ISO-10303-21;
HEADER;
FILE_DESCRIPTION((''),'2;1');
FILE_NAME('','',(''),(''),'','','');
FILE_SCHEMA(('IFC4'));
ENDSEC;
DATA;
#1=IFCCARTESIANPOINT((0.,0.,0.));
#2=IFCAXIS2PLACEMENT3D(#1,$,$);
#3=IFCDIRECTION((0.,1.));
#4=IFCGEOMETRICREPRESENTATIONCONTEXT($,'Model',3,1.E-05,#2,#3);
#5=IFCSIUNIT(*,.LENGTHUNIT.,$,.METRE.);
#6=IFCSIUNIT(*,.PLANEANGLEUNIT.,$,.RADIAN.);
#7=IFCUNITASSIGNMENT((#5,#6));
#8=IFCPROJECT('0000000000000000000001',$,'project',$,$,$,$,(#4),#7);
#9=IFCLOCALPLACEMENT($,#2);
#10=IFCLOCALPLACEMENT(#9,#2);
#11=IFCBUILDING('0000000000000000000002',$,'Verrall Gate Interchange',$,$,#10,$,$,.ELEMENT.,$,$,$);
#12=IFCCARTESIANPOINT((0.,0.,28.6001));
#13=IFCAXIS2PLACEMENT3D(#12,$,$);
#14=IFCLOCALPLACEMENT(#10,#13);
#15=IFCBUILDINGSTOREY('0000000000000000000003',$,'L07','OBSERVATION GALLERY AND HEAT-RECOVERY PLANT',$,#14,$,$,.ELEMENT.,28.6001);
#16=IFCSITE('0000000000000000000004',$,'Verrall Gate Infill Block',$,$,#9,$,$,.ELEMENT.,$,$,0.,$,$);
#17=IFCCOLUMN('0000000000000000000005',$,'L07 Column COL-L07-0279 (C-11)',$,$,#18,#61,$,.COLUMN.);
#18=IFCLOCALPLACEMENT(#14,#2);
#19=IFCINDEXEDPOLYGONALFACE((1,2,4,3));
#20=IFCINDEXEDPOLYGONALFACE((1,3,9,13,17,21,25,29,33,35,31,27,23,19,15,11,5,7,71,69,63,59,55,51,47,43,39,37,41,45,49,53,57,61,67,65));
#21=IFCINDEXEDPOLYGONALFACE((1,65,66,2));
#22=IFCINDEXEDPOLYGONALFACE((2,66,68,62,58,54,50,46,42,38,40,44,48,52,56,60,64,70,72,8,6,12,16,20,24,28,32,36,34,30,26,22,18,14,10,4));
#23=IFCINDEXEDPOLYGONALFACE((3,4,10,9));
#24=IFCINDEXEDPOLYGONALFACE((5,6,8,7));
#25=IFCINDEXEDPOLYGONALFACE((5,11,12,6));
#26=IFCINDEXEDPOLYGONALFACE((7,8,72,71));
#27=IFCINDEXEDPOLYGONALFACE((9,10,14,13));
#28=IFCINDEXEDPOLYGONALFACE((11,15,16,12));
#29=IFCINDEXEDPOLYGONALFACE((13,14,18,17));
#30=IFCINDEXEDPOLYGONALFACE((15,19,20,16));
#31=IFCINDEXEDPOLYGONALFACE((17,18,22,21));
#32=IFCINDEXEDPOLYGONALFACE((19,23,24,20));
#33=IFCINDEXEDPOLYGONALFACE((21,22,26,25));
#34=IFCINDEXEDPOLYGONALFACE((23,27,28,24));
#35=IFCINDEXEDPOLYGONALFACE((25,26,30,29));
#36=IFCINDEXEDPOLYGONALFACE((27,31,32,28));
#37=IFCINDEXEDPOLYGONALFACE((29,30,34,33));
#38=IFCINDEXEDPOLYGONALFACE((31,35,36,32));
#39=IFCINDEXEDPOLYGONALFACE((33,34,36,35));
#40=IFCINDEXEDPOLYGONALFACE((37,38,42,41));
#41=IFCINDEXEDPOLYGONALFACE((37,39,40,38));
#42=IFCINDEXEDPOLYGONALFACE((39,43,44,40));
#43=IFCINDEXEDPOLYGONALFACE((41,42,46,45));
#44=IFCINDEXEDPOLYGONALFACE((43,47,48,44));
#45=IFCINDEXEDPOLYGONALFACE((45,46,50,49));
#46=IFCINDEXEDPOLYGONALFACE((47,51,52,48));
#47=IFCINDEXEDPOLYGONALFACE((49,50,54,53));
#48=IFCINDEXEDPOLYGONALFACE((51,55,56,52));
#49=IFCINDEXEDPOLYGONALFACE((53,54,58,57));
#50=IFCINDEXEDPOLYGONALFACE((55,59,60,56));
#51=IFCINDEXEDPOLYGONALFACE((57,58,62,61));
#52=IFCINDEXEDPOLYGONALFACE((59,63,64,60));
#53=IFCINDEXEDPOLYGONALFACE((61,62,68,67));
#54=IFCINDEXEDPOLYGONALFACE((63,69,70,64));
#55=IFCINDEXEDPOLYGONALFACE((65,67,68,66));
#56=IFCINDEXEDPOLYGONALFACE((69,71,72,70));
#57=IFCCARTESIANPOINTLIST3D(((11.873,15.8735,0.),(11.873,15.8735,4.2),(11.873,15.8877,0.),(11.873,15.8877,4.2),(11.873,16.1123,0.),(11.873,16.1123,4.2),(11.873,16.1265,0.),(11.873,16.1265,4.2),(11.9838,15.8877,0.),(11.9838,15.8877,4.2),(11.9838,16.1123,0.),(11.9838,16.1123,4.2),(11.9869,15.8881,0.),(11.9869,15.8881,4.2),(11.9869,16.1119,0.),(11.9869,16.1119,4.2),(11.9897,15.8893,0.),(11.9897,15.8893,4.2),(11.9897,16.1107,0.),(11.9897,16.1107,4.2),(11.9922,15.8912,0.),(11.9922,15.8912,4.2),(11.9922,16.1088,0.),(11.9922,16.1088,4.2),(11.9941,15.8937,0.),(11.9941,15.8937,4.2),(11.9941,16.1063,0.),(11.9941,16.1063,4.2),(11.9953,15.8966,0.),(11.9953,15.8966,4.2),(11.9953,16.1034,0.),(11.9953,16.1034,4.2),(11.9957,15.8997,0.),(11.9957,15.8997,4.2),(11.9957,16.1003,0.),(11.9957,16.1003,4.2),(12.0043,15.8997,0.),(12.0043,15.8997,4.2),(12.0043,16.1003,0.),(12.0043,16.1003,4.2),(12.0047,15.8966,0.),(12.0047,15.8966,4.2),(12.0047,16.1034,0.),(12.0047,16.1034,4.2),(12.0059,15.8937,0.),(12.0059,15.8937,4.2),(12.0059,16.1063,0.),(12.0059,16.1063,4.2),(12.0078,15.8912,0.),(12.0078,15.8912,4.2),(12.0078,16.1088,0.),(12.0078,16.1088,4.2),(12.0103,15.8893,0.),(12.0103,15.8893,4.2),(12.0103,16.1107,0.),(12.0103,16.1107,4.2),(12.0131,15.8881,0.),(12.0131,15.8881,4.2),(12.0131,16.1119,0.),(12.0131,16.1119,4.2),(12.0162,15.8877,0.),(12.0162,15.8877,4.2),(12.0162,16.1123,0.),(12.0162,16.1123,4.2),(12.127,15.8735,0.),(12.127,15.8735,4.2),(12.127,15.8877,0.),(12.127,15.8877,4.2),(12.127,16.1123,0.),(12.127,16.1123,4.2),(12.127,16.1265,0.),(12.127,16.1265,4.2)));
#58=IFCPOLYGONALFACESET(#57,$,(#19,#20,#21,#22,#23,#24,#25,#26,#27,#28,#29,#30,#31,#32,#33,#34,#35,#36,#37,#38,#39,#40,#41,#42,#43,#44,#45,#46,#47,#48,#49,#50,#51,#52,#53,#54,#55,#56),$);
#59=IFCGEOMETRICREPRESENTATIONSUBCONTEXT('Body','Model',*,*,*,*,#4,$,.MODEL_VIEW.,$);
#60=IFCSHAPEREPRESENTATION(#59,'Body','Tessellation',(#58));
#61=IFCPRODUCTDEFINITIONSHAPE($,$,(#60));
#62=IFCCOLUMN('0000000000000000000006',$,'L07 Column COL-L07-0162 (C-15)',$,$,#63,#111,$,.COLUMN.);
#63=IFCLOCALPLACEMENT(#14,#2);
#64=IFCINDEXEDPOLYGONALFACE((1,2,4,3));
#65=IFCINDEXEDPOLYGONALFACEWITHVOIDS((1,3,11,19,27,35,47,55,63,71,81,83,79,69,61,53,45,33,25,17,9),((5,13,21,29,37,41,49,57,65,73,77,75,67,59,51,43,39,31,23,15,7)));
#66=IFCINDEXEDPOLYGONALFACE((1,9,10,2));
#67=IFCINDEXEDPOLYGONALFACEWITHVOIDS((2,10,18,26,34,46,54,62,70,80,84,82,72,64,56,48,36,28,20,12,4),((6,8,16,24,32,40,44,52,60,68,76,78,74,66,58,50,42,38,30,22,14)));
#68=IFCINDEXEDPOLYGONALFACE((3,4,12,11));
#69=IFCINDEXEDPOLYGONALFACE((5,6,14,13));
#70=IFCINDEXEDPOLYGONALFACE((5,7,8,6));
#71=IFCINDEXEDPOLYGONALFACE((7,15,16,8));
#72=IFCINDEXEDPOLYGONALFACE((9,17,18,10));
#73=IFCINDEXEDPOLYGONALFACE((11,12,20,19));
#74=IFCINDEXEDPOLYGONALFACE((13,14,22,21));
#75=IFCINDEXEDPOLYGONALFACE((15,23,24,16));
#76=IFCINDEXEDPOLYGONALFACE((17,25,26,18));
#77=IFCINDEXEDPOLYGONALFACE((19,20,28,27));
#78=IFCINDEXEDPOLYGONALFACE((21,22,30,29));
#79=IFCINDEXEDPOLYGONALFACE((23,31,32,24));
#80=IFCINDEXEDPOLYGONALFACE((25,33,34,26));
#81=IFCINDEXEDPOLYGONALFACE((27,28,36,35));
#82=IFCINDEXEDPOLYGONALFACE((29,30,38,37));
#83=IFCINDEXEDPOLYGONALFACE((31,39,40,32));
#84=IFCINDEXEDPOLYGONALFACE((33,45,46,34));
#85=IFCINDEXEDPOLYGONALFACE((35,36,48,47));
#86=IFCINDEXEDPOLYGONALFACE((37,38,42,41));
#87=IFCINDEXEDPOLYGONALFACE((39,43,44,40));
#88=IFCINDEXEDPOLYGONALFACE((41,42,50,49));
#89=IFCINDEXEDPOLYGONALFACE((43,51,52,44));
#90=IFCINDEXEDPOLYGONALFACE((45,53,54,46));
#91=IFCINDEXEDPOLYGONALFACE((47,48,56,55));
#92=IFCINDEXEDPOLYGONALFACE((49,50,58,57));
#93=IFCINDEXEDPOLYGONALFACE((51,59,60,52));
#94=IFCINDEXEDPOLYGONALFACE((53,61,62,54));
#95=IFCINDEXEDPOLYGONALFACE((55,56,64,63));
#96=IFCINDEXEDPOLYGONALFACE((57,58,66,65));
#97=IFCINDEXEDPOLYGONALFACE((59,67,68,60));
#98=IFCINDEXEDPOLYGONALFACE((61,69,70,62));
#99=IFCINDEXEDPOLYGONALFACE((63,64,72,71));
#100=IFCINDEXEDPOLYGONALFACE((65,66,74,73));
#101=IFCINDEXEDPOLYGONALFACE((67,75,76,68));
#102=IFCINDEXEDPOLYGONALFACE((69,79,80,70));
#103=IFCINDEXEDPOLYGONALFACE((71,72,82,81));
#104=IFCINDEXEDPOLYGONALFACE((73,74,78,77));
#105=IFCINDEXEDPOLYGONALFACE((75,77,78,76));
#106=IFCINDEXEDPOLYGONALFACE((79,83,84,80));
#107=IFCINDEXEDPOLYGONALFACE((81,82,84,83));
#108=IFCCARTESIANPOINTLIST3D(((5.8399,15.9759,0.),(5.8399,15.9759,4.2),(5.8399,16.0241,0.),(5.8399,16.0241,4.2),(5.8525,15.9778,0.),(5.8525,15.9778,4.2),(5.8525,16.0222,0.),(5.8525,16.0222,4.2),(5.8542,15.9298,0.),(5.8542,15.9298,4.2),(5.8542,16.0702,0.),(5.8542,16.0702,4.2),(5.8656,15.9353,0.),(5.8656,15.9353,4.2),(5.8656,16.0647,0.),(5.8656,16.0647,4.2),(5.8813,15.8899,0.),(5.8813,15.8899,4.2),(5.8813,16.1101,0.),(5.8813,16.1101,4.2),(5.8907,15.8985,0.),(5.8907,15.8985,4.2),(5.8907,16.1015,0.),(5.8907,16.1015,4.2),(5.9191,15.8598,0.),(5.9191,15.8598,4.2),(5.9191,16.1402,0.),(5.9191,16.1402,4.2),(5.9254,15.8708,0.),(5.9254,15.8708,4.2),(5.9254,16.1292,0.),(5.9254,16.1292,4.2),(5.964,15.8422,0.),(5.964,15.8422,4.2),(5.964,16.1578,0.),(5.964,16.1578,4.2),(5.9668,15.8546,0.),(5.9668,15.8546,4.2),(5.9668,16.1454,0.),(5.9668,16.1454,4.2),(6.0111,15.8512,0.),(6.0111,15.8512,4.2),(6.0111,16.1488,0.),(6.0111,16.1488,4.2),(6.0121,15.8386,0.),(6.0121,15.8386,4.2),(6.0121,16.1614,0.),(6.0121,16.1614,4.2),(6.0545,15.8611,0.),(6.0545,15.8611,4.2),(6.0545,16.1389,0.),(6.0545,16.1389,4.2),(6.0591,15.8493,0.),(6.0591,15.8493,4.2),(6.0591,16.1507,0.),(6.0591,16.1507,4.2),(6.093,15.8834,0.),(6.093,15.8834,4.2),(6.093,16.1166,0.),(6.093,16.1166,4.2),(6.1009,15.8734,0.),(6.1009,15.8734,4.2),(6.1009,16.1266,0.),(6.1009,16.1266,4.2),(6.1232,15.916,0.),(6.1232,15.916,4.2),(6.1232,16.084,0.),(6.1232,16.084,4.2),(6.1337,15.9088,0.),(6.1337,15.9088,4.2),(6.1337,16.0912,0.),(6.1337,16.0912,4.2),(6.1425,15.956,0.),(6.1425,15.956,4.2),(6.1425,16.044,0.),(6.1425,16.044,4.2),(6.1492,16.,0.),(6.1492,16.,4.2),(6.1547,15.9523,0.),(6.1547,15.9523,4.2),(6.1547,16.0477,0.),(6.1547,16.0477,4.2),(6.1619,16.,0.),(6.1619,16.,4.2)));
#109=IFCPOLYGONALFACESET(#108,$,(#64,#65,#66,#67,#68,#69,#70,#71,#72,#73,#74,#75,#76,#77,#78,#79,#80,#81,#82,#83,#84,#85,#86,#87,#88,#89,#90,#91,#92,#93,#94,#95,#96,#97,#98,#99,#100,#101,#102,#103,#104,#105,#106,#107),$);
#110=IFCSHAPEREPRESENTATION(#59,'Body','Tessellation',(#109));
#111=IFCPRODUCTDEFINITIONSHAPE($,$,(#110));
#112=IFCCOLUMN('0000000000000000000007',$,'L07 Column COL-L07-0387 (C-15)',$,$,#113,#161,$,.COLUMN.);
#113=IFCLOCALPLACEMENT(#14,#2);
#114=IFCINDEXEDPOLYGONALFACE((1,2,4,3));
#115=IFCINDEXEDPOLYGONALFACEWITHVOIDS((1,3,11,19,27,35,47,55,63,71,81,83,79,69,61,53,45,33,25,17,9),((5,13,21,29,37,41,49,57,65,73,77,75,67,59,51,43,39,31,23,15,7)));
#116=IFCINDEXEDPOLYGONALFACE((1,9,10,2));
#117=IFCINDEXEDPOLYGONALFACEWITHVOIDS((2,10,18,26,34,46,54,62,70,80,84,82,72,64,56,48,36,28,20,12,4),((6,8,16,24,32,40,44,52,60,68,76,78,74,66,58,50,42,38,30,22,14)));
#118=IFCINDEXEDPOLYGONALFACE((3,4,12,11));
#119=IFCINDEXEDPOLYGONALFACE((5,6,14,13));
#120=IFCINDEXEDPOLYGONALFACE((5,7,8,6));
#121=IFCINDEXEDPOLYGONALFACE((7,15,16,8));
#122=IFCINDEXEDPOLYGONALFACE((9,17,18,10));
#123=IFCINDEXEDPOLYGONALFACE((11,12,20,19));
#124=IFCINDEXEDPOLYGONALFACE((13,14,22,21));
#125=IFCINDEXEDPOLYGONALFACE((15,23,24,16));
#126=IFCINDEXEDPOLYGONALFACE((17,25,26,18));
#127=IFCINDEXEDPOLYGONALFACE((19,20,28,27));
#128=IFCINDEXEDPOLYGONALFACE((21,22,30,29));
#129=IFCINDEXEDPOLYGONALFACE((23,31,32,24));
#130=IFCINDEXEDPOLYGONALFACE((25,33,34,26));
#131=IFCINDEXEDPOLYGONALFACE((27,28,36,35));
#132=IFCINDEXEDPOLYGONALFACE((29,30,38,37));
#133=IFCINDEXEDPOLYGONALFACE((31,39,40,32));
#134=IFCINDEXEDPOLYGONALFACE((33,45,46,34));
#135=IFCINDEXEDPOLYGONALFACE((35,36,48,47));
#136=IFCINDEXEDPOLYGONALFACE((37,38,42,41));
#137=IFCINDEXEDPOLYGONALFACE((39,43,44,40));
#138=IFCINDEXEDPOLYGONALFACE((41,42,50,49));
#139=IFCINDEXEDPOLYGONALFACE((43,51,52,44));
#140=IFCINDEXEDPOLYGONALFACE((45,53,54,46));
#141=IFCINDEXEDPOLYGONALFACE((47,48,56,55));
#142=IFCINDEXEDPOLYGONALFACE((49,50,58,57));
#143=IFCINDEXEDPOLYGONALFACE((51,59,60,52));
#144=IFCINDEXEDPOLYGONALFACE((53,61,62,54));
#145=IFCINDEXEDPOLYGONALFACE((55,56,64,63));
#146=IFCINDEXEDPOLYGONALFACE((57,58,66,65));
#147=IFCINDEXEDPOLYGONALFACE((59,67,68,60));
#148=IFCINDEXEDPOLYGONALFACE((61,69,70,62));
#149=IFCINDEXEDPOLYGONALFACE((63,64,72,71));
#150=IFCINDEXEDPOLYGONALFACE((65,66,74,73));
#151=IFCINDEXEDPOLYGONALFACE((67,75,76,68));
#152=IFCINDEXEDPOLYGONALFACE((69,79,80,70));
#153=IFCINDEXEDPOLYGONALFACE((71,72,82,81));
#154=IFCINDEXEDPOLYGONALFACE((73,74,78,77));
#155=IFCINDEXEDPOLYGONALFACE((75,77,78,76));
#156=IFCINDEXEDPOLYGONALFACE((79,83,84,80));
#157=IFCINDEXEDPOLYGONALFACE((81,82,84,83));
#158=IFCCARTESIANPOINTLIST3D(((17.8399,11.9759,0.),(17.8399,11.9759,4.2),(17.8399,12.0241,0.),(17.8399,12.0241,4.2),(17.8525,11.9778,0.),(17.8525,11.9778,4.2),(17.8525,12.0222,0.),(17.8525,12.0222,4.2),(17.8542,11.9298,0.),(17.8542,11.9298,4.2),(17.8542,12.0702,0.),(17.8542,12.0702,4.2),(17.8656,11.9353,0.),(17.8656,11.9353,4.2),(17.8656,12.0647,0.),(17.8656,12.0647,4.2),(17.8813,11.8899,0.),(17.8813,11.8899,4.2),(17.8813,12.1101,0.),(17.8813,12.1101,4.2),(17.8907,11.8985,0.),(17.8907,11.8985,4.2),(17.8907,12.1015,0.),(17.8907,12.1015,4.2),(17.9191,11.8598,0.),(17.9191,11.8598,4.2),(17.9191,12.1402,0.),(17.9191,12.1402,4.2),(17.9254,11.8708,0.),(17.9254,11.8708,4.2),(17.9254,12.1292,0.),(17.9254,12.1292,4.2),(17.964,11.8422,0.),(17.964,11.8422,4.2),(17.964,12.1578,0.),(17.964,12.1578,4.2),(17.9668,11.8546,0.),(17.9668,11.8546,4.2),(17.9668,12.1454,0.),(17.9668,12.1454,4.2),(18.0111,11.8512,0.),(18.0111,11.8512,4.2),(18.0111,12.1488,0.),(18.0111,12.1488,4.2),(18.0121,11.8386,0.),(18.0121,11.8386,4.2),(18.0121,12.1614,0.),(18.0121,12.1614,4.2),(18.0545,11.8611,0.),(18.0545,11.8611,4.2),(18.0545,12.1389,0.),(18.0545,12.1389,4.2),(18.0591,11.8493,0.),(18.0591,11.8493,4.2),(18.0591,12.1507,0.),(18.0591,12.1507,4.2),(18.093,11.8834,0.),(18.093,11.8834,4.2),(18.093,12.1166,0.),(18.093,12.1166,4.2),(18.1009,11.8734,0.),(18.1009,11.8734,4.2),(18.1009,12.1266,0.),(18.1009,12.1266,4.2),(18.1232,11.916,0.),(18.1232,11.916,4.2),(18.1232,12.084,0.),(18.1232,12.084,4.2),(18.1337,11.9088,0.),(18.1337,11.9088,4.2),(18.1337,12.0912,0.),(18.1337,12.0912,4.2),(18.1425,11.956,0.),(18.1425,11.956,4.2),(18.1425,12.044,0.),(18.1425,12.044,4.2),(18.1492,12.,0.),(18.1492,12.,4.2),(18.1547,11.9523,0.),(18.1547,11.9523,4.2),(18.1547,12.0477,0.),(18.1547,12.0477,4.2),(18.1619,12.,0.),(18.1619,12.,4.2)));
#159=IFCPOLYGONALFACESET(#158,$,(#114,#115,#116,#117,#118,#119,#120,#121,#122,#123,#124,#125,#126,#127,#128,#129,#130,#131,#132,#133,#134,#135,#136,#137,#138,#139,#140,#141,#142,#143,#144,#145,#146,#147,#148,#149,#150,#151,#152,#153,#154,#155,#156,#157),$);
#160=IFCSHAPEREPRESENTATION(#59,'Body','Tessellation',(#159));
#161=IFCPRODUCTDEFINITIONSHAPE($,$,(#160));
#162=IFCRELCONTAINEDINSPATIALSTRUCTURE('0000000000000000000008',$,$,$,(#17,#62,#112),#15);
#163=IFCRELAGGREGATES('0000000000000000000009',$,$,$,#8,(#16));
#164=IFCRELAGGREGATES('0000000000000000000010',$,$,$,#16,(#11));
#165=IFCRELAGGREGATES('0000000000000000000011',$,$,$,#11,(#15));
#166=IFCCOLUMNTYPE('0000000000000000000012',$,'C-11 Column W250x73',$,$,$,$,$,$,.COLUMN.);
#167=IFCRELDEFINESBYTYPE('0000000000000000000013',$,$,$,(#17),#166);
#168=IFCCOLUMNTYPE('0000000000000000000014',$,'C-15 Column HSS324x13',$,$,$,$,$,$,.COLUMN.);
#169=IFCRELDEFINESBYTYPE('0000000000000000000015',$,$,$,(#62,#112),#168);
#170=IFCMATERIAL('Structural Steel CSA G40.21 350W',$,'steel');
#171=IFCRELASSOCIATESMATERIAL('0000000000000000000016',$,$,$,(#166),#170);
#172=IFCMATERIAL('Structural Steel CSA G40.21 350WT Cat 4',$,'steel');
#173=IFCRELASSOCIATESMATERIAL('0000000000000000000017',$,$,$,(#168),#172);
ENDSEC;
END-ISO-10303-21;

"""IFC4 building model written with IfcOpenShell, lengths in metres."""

from ifc_helpers import new_model, si_unit, direction, frame, origin, origin_2d, place, context, subcontext, project, spatial, hollow_circle, i_section, extrude, material, material_profile, profile_set, type_object, element, save


model = new_model("IFC4")

# Units and contexts
model_context = context("Model", 3, precision=1e-05, world=origin(), true_north=direction((0.0, 1.0)))
body_context = subcontext(model_context, "Body", "Model", "MODEL_VIEW")
ifc_project = project(units=[si_unit("LENGTHUNIT", "METRE"), si_unit("PLANEANGLEUNIT", "RADIAN")], contexts=[model_context])

# Site, building, storey
site_placement = place(None, origin())
site = spatial("IfcSite", under=ifc_project, at=site_placement, Name="Verrall Gate Infill Block", CompositionType="ELEMENT", RefElevation=0.0)
building_placement = place(site_placement, origin())
building = spatial("IfcBuilding", under=site, at=building_placement, Name="Verrall Gate Interchange", CompositionType="ELEMENT")
storey_placement = place(building_placement, frame((0.0, 0.0, 28.6001)))
storey = spatial("IfcBuildingStorey", under=building, at=storey_placement, Name="L07", Description="OBSERVATION GALLERY AND HEAT-RECOVERY PLANT", CompositionType="ELEMENT", Elevation=28.6001)

# Columns
ifc_material_1 = material(Name="Structural Steel CSA G40.21 350W", Category="steel")
ifc_material_profile_1 = material_profile(ifc_material_1, i_section(OverallWidth=0.2539, OverallDepth=0.2529, WebThickness=0.0085, FlangeThickness=0.0142, FilletRadius=0.012, at=origin_2d()), Name="W250x73")
ifc_profile_set_1 = profile_set([ifc_material_profile_1], Name="Structural Steel CSA G40.21 350W")
column_type_1 = type_object("IfcColumnType", Name="C-11 Column W250x73", PredefinedType="COLUMN", material=ifc_profile_set_1)
column_placement = place(storey_placement, frame((12.0, 16.0, 0.0), z_axis=(0.0, 0.0, 1.0), x_axis=(1.0, 0.0, 0.0)))
element("IfcColumn", 1, at=column_placement, inside=storey, type_object=column_type_1, Name="L07 Column COL-L07-0279 (C-11)", PredefinedType="COLUMN", context=body_context, shape_type="SweptSolid", body=[
    extrude(i_section(OverallWidth=0.2539, OverallDepth=0.2529, WebThickness=0.0085, FlangeThickness=0.0142, FilletRadius=0.012, at=origin_2d()), origin(), (0.0, 0.0, 1.0), 4.2),
])
ifc_material_2 = material(Name="Structural Steel CSA G40.21 350WT Cat 4", Category="steel")
ifc_material_profile_2 = material_profile(ifc_material_2, hollow_circle(Radius=0.1619, WallThickness=0.0127, at=origin_2d()), Name="HSS324x13")
ifc_profile_set_2 = profile_set([ifc_material_profile_2], Name="Structural Steel CSA G40.21 350WT Cat 4")
column_type_2 = type_object("IfcColumnType", Name="C-15 Column HSS324x13", PredefinedType="COLUMN", material=ifc_profile_set_2)
for number, where, z_axis, x_axis, name in (
    (2, (6.0, 16.0, 0.0), (0.0, 0.0, 1.0), (1.0, 0.0, 0.0), "L07 Column COL-L07-0162 (C-15)"),
    (3, (18.0, 12.0, 0.0), (0.0, 0.0, 1.0), (1.0, 0.0, 0.0), "L07 Column COL-L07-0387 (C-15)"),
):
    element("IfcColumn", number, at=place(storey_placement, frame(where, z_axis=z_axis, x_axis=x_axis)), inside=storey, type_object=column_type_2, Name=name, PredefinedType="COLUMN", context=body_context, shape_type="SweptSolid", body=[
        extrude(hollow_circle(Radius=0.1619, WallThickness=0.0127, at=origin_2d()), origin(), (0.0, 0.0, 1.0), 4.2),
    ])

save(model, "model.ifc")
